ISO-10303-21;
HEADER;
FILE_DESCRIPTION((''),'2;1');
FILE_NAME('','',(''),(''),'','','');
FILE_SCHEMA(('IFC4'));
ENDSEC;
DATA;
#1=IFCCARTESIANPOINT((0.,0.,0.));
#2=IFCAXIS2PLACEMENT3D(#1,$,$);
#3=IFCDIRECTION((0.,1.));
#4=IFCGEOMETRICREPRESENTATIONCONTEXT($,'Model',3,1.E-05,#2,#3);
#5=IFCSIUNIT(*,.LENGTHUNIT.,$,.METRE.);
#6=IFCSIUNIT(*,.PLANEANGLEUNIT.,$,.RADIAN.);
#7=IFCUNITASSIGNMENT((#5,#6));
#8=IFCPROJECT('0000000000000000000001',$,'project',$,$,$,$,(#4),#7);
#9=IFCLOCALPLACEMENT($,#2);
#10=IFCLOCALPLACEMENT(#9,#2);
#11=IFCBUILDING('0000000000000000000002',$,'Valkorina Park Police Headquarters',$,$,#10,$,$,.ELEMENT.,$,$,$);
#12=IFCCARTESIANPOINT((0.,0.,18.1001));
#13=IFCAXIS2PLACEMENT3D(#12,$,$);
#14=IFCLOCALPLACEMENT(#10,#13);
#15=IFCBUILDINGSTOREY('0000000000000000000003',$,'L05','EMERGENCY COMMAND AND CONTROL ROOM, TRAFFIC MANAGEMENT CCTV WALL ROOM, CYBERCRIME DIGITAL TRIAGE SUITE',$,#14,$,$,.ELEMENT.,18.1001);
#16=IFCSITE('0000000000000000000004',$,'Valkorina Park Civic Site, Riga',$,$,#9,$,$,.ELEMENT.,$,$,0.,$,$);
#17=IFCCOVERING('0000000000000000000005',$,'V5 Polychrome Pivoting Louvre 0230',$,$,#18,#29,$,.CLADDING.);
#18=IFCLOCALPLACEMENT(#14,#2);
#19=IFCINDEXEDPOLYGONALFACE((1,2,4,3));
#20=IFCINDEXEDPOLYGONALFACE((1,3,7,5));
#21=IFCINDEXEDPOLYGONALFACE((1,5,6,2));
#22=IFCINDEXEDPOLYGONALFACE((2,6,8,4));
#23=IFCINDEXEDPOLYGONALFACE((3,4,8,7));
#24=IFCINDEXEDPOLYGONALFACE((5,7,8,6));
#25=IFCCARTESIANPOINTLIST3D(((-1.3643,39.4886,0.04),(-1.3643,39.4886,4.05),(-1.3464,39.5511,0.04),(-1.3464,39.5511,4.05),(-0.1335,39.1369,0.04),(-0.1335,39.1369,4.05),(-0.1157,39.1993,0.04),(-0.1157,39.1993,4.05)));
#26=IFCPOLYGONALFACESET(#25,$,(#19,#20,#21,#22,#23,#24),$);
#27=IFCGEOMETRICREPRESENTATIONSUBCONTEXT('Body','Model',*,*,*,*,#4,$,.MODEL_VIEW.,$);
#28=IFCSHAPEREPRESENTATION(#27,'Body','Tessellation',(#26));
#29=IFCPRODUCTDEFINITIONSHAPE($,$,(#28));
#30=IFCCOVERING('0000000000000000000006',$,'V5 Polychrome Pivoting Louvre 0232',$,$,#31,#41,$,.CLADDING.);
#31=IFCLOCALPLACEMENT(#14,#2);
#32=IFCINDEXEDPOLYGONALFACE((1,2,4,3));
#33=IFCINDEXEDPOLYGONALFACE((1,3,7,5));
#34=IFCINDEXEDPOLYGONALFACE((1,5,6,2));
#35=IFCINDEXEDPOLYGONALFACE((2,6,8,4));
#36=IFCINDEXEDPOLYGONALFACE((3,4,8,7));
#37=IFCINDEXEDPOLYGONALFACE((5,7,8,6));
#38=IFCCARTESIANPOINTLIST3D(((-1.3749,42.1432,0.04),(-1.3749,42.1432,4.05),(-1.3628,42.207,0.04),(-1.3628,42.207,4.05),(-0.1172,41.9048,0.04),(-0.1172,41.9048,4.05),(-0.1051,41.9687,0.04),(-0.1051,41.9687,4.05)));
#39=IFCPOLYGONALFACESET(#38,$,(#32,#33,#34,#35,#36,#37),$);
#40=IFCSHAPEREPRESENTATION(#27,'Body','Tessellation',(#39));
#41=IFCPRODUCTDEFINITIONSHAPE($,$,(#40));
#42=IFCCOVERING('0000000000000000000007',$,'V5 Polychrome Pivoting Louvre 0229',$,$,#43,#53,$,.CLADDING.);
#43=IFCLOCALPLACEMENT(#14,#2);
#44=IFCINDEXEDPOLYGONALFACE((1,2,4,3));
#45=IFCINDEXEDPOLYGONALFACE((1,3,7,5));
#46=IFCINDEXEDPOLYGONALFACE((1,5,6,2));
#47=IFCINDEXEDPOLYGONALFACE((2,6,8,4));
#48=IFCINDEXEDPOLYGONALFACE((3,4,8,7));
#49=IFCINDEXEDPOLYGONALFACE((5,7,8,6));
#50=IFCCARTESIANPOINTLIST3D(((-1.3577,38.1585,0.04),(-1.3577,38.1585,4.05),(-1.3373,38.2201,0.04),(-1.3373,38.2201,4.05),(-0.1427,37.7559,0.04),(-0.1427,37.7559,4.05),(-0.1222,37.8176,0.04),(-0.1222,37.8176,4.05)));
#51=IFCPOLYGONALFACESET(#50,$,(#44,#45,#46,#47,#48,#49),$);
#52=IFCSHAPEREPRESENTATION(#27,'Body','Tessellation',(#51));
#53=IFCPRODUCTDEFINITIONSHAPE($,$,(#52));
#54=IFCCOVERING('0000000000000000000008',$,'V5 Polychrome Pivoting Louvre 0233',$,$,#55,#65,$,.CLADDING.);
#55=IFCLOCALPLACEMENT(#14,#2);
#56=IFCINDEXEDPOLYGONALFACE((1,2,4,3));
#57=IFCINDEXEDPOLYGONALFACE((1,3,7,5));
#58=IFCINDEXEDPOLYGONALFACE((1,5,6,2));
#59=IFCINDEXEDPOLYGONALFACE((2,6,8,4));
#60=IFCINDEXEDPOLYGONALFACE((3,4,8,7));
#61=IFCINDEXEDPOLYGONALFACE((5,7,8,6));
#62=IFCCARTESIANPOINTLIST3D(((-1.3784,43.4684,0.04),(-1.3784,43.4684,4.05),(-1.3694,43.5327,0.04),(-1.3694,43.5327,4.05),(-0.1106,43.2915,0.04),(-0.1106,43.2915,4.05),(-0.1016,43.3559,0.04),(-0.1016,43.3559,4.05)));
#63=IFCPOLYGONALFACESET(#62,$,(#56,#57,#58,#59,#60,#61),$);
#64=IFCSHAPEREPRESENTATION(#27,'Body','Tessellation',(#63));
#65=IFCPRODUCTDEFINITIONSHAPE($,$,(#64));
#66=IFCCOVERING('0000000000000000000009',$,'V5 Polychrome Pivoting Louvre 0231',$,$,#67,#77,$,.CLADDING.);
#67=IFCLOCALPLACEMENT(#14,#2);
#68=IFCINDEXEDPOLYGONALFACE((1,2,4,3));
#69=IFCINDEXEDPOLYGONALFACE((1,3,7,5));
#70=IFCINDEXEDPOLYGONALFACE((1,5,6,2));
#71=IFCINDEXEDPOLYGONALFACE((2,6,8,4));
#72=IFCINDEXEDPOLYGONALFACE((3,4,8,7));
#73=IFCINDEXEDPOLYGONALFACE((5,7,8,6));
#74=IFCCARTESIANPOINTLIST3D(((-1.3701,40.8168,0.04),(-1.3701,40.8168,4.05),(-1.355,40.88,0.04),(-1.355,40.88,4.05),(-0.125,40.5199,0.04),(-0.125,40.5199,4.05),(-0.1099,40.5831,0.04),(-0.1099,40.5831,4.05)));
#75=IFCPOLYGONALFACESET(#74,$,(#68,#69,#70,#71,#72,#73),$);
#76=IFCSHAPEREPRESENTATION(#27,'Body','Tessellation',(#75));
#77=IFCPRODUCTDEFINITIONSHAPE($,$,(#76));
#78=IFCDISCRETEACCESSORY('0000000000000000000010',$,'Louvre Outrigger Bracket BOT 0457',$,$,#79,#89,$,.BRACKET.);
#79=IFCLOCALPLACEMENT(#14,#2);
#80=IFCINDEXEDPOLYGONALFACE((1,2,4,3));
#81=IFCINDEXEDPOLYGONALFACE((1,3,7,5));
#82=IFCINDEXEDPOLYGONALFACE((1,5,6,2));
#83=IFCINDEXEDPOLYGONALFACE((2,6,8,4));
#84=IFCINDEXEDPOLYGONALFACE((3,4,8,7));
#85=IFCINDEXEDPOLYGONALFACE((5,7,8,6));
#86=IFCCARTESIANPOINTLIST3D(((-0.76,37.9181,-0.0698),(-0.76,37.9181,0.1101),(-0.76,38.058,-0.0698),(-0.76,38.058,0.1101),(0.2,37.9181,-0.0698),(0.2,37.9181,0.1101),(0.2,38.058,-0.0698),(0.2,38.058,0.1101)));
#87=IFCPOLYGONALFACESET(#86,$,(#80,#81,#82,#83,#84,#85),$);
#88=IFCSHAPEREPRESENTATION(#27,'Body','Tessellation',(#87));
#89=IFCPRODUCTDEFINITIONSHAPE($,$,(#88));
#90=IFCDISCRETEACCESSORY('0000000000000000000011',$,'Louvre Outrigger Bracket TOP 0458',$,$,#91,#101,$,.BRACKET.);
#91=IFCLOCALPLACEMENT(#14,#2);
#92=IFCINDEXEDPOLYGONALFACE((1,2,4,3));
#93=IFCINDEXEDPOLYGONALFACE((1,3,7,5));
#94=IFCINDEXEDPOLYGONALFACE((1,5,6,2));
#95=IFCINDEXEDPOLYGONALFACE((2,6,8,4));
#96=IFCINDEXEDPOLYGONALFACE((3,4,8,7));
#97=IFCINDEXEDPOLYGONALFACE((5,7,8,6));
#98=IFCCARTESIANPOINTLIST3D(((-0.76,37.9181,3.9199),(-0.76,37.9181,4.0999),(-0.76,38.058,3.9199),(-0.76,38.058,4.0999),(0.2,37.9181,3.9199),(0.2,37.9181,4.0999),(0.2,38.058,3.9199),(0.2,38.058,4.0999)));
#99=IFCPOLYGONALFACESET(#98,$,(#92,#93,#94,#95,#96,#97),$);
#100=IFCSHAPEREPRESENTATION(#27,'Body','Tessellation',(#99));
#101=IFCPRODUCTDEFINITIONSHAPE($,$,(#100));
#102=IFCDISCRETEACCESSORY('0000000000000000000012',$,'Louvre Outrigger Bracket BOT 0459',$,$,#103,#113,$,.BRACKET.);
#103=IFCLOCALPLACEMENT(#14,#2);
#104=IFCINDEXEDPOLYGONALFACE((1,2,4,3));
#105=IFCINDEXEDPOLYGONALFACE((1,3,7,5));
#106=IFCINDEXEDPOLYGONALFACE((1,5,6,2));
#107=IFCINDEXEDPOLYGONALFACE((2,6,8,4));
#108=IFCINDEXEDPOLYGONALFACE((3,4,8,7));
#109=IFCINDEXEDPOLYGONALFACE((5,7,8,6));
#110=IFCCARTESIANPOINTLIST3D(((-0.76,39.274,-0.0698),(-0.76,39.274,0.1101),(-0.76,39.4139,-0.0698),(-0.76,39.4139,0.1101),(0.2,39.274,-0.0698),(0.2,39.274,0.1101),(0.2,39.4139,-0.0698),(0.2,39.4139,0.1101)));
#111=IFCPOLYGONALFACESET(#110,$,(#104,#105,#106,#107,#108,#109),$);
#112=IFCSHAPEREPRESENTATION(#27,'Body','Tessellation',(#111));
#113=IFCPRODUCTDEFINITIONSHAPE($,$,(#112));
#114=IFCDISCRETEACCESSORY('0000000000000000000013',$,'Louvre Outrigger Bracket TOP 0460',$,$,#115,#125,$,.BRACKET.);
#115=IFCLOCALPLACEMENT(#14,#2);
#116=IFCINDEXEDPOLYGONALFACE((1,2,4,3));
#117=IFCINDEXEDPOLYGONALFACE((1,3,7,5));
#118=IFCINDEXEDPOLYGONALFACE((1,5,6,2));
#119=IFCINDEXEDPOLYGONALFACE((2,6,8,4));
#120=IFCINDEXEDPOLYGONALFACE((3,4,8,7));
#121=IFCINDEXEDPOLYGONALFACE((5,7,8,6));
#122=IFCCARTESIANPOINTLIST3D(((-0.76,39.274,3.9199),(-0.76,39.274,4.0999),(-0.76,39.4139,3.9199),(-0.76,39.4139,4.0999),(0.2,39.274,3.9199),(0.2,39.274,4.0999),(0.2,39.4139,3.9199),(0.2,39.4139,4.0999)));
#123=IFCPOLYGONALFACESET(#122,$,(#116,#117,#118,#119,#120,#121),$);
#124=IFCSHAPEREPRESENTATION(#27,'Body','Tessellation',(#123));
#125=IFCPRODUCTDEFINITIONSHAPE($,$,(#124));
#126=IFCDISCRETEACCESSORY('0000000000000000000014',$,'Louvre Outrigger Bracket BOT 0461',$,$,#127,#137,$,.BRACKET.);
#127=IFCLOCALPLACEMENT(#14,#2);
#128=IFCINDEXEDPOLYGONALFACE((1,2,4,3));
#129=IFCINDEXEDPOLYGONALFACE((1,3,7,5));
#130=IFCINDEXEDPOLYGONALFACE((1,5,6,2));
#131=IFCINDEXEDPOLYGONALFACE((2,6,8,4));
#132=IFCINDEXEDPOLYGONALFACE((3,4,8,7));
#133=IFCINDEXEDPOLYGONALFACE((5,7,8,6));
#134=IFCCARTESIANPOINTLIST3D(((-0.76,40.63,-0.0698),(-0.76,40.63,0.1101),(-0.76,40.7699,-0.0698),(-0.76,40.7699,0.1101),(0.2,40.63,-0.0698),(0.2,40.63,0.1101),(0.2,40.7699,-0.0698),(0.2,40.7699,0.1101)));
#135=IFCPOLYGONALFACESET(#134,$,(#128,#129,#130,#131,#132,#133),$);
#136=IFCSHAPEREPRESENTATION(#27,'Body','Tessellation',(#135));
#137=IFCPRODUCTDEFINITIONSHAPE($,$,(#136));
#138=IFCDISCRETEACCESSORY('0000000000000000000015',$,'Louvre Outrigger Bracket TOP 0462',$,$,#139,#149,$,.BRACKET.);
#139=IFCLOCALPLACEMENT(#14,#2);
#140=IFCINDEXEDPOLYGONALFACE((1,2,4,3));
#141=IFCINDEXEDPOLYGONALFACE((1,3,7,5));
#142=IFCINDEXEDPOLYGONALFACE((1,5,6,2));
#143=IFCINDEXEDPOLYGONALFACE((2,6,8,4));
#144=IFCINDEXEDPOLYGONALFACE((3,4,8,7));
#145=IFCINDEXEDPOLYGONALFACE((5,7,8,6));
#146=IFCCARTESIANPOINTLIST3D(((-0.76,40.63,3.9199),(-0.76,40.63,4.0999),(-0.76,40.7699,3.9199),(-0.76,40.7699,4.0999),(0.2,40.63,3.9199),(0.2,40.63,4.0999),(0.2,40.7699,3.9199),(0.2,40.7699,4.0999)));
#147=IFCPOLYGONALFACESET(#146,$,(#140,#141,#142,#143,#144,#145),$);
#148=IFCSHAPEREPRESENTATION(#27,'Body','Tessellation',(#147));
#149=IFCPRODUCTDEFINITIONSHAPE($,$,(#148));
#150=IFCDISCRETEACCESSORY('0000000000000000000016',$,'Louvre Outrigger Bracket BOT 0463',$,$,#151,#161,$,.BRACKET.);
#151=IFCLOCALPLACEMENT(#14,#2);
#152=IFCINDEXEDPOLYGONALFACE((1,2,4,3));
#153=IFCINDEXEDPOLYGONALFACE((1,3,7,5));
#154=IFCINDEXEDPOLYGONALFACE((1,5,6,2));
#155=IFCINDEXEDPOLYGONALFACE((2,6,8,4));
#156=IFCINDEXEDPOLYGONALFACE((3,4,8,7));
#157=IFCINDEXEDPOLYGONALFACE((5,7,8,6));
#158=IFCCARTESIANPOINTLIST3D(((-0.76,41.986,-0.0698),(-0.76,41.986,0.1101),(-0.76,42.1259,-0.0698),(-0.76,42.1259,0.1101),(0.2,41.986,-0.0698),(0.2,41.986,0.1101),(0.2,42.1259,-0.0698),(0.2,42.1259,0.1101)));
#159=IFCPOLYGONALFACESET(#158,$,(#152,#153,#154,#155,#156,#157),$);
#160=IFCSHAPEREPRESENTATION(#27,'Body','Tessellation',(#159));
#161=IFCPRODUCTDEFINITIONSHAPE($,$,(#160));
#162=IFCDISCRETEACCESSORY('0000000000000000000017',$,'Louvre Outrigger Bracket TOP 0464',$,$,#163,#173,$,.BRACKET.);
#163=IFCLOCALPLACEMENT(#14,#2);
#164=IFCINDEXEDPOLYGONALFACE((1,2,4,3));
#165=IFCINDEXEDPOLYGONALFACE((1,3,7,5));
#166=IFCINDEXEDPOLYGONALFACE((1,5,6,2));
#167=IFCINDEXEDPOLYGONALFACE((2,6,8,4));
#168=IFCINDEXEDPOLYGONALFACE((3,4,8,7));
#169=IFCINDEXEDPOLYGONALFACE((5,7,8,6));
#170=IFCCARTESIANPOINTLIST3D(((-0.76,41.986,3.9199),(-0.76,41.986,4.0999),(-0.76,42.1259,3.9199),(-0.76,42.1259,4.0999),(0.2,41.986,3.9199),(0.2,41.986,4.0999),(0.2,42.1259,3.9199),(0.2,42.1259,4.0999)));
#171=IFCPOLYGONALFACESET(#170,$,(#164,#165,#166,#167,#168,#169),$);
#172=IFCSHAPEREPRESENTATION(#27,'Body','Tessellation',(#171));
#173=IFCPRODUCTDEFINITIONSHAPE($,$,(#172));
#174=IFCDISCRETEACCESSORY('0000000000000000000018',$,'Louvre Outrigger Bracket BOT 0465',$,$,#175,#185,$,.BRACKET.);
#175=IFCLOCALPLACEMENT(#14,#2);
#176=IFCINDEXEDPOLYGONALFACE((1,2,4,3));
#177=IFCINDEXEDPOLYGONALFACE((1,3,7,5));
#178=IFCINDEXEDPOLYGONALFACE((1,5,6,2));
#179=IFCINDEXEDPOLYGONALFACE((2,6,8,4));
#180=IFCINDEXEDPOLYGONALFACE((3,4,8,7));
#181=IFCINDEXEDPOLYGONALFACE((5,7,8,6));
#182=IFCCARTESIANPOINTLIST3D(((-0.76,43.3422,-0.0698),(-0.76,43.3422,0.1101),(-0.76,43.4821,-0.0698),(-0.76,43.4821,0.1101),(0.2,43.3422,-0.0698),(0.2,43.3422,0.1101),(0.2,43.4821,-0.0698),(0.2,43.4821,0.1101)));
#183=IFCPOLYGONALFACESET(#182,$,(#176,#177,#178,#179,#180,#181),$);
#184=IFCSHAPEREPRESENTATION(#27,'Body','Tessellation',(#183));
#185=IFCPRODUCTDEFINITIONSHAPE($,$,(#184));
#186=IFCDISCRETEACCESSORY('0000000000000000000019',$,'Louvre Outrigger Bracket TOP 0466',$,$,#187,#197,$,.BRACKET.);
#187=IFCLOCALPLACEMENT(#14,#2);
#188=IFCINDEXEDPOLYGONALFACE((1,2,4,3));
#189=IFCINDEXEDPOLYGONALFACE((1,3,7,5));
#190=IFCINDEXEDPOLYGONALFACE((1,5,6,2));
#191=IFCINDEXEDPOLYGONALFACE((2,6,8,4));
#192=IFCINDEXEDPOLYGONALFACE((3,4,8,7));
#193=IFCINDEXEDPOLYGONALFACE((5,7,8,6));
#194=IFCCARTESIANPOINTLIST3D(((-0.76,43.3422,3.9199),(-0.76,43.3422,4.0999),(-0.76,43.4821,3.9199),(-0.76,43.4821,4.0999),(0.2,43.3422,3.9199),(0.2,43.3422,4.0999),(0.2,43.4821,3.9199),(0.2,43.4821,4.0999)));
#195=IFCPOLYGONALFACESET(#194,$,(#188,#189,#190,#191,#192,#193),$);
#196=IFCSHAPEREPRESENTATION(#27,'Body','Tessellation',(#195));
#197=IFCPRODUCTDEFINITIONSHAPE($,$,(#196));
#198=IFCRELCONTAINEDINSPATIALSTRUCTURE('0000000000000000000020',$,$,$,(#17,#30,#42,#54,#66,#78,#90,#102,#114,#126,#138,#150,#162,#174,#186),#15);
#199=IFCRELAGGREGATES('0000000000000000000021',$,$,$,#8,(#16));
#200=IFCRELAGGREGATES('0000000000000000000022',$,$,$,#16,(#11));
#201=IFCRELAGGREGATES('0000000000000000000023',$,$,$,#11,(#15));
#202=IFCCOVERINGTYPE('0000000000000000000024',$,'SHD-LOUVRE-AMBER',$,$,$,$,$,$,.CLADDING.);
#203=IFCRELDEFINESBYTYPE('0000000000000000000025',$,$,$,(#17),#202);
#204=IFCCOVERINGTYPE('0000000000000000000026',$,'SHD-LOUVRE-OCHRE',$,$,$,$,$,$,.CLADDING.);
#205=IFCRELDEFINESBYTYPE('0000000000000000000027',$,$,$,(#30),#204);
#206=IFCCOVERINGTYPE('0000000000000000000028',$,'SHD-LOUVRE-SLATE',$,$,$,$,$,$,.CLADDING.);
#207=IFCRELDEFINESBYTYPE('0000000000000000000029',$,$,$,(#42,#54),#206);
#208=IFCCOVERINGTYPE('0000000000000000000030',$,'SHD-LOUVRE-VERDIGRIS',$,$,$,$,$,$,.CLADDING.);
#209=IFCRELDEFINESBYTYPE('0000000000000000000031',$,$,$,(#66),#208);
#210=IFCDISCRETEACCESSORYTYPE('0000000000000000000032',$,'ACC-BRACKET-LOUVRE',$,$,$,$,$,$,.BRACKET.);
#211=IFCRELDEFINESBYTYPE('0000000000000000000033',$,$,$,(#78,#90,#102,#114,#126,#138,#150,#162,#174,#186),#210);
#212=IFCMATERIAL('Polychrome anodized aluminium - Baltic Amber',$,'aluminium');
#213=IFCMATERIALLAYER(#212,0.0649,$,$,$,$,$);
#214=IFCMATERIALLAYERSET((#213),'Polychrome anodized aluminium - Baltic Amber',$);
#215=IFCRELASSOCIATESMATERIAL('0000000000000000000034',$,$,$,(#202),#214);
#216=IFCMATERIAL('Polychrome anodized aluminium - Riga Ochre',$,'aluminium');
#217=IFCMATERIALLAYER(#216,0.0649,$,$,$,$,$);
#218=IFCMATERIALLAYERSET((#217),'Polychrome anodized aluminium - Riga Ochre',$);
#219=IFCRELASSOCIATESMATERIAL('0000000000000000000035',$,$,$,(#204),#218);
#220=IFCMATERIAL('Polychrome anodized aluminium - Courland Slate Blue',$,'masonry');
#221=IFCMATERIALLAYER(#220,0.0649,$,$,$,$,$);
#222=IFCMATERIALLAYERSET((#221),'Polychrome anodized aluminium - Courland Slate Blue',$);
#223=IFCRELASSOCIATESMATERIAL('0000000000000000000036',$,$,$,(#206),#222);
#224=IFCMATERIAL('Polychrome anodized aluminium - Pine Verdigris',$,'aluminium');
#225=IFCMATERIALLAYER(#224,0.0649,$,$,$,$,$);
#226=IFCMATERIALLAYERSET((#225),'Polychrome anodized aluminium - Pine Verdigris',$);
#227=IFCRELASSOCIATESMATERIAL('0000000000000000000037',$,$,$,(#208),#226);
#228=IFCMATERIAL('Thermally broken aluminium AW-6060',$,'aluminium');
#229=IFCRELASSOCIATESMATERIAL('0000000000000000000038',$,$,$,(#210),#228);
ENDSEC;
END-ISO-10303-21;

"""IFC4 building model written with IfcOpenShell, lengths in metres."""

from ifc_helpers import new_model, si_unit, direction, frame, origin, origin_2d, place, context, subcontext, project, spatial, rectangle, extrude, material, layer, layer_set, type_object, element, save


model = new_model("IFC4")

# Units and contexts
model_context = context("Model", 3, precision=1e-05, world=origin(), true_north=direction((0.0, 1.0)))
body_context = subcontext(model_context, "Body", "Model", "MODEL_VIEW")
ifc_project = project(units=[si_unit("LENGTHUNIT", "METRE"), si_unit("PLANEANGLEUNIT", "RADIAN")], contexts=[model_context])

# Site, building, storey
site_placement = place(None, origin())
site = spatial("IfcSite", under=ifc_project, at=site_placement, Name="Valkorina Park Civic Site, Riga", CompositionType="ELEMENT", RefElevation=0.0)
building_placement = place(site_placement, origin())
building = spatial("IfcBuilding", under=site, at=building_placement, Name="Valkorina Park Police Headquarters", CompositionType="ELEMENT")
storey_placement = place(building_placement, frame((0.0, 0.0, 18.1001)))
storey = spatial("IfcBuildingStorey", under=building, at=storey_placement, Name="L05", Description="EMERGENCY COMMAND AND CONTROL ROOM, TRAFFIC MANAGEMENT CCTV WALL ROOM, CYBERCRIME DIGITAL TRIAGE SUITE", CompositionType="ELEMENT", Elevation=18.1001)

# Shared definitions
ifc_material_1 = material(Name="Thermally broken aluminium AW-6060", Category="aluminium")

# Coverings
ifc_material_2 = material(Name="Polychrome anodized aluminium - Baltic Amber", Category="aluminium")
ifc_layer_1 = layer(ifc_material_2, 0.0649)
ifc_layer_set_1 = layer_set([ifc_layer_1], Name="Polychrome anodized aluminium - Baltic Amber")
covering_type_1 = type_object("IfcCoveringType", Name="SHD-LOUVRE-AMBER", PredefinedType="CLADDING", material=ifc_layer_set_1)
covering_1_placement = place(storey_placement, frame((-0.74, 39.344, 0.04), z_axis=(0.0, 0.0, 1.0), x_axis=(-0.961502, 0.274798, 0.0)))
element("IfcCovering", 1, at=covering_1_placement, inside=storey, type_object=covering_type_1, Name="V5 Polychrome Pivoting Louvre 0230", PredefinedType="CLADDING", context=body_context, shape_type="SweptSolid", body=[
    extrude(rectangle(XDim=1.28, YDim=0.0649, at=origin_2d()), origin(), (0.0, 0.0, 1.0), 4.01),
])
ifc_material_3 = material(Name="Polychrome anodized aluminium - Riga Ochre", Category="aluminium")
ifc_layer_2 = layer(ifc_material_3, 0.0649)
ifc_layer_set_2 = layer_set([ifc_layer_2], Name="Polychrome anodized aluminium - Riga Ochre")
covering_type_2 = type_object("IfcCoveringType", Name="SHD-LOUVRE-OCHRE", PredefinedType="CLADDING", material=ifc_layer_set_2)
covering_2_placement = place(storey_placement, frame((-0.74, 42.0559, 0.04), z_axis=(0.0, 0.0, 1.0), x_axis=(-0.982515, 0.186181, 0.0)))
element("IfcCovering", 2, at=covering_2_placement, inside=storey, type_object=covering_type_2, Name="V5 Polychrome Pivoting Louvre 0232", PredefinedType="CLADDING", context=body_context, shape_type="SweptSolid", body=[
    extrude(rectangle(XDim=1.28, YDim=0.0649, at=origin_2d()), origin(), (0.0, 0.0, 1.0), 4.01),
])
ifc_material_4 = material(Name="Polychrome anodized aluminium - Courland Slate Blue", Category="masonry")
ifc_layer_3 = layer(ifc_material_4, 0.0649)
ifc_layer_set_3 = layer_set([ifc_layer_3], Name="Polychrome anodized aluminium - Courland Slate Blue")
covering_type_3 = type_object("IfcCoveringType", Name="SHD-LOUVRE-SLATE", PredefinedType="CLADDING", material=ifc_layer_set_3)
for number, where, z_axis, x_axis, name in (
    (3, (-0.74, 37.988, 0.04), (0.0, 0.0, 1.0), (-0.949261, 0.31449, 0.0), "V5 Polychrome Pivoting Louvre 0229"),
    (4, (-0.74, 43.4121, 0.04), (0.0, 0.0, 1.0), (-0.990413, 0.138136, 0.0), "V5 Polychrome Pivoting Louvre 0233"),
):
    element("IfcCovering", number, at=place(storey_placement, frame(where, z_axis=z_axis, x_axis=x_axis)), inside=storey, type_object=covering_type_3, Name=name, PredefinedType="CLADDING", context=body_context, shape_type="SweptSolid", body=[
        extrude(rectangle(XDim=1.28, YDim=0.0649, at=origin_2d()), origin(), (0.0, 0.0, 1.0), 4.01),
    ])
ifc_material_5 = material(Name="Polychrome anodized aluminium - Pine Verdigris", Category="aluminium")
ifc_layer_4 = layer(ifc_material_5, 0.0649)
ifc_layer_set_4 = layer_set([ifc_layer_4], Name="Polychrome anodized aluminium - Pine Verdigris")
covering_type_4 = type_object("IfcCoveringType", Name="SHD-LOUVRE-VERDIGRIS", PredefinedType="CLADDING", material=ifc_layer_set_4)
covering_3_placement = place(storey_placement, frame((-0.74, 40.7, 0.04), z_axis=(0.0, 0.0, 1.0), x_axis=(-0.972735, 0.231918, 0.0)))
element("IfcCovering", 5, at=covering_3_placement, inside=storey, type_object=covering_type_4, Name="V5 Polychrome Pivoting Louvre 0231", PredefinedType="CLADDING", context=body_context, shape_type="SweptSolid", body=[
    extrude(rectangle(XDim=1.28, YDim=0.0649, at=origin_2d()), origin(), (0.0, 0.0, 1.0), 4.01),
])

# Discrete accessories
discrete_accessory_type = type_object("IfcDiscreteAccessoryType", Name="ACC-BRACKET-LOUVRE", PredefinedType="BRACKET", material=ifc_material_1)
for number, where, z_axis, x_axis, name in (
    (6, (-0.28, 37.988, -0.0698), (0.0, 0.0, 1.0), (-1.0, 0.0, 0.0), "Louvre Outrigger Bracket BOT 0457"),
    (7, (-0.28, 37.988, 3.9199), (0.0, 0.0, 1.0), (-1.0, 0.0, 0.0), "Louvre Outrigger Bracket TOP 0458"),
    (8, (-0.28, 39.344, -0.0698), (0.0, 0.0, 1.0), (-1.0, 0.0, 0.0), "Louvre Outrigger Bracket BOT 0459"),
    (9, (-0.28, 39.344, 3.9199), (0.0, 0.0, 1.0), (-1.0, 0.0, 0.0), "Louvre Outrigger Bracket TOP 0460"),
    (10, (-0.28, 40.7, -0.0698), (0.0, 0.0, 1.0), (-1.0, 0.0, 0.0), "Louvre Outrigger Bracket BOT 0461"),
    (11, (-0.28, 40.7, 3.9199), (0.0, 0.0, 1.0), (-1.0, 0.0, 0.0), "Louvre Outrigger Bracket TOP 0462"),
    (12, (-0.28, 42.0559, -0.0698), (0.0, 0.0, 1.0), (-1.0, 0.0, 0.0), "Louvre Outrigger Bracket BOT 0463"),
    (13, (-0.28, 42.0559, 3.9199), (0.0, 0.0, 1.0), (-1.0, 0.0, 0.0), "Louvre Outrigger Bracket TOP 0464"),
    (14, (-0.28, 43.4121, -0.0698), (0.0, 0.0, 1.0), (-1.0, 0.0, 0.0), "Louvre Outrigger Bracket BOT 0465"),
    (15, (-0.28, 43.4121, 3.9199), (0.0, 0.0, 1.0), (-1.0, 0.0, 0.0), "Louvre Outrigger Bracket TOP 0466"),
):
    element("IfcDiscreteAccessory", number, at=place(storey_placement, frame(where, z_axis=z_axis, x_axis=x_axis)), inside=storey, type_object=discrete_accessory_type, Name=name, PredefinedType="BRACKET", context=body_context, shape_type="SweptSolid", body=[
        extrude(rectangle(XDim=0.96, YDim=0.1399, at=origin_2d()), origin(), (0.0, 0.0, 1.0), 0.1799),
    ])

save(model, "model.ifc")
